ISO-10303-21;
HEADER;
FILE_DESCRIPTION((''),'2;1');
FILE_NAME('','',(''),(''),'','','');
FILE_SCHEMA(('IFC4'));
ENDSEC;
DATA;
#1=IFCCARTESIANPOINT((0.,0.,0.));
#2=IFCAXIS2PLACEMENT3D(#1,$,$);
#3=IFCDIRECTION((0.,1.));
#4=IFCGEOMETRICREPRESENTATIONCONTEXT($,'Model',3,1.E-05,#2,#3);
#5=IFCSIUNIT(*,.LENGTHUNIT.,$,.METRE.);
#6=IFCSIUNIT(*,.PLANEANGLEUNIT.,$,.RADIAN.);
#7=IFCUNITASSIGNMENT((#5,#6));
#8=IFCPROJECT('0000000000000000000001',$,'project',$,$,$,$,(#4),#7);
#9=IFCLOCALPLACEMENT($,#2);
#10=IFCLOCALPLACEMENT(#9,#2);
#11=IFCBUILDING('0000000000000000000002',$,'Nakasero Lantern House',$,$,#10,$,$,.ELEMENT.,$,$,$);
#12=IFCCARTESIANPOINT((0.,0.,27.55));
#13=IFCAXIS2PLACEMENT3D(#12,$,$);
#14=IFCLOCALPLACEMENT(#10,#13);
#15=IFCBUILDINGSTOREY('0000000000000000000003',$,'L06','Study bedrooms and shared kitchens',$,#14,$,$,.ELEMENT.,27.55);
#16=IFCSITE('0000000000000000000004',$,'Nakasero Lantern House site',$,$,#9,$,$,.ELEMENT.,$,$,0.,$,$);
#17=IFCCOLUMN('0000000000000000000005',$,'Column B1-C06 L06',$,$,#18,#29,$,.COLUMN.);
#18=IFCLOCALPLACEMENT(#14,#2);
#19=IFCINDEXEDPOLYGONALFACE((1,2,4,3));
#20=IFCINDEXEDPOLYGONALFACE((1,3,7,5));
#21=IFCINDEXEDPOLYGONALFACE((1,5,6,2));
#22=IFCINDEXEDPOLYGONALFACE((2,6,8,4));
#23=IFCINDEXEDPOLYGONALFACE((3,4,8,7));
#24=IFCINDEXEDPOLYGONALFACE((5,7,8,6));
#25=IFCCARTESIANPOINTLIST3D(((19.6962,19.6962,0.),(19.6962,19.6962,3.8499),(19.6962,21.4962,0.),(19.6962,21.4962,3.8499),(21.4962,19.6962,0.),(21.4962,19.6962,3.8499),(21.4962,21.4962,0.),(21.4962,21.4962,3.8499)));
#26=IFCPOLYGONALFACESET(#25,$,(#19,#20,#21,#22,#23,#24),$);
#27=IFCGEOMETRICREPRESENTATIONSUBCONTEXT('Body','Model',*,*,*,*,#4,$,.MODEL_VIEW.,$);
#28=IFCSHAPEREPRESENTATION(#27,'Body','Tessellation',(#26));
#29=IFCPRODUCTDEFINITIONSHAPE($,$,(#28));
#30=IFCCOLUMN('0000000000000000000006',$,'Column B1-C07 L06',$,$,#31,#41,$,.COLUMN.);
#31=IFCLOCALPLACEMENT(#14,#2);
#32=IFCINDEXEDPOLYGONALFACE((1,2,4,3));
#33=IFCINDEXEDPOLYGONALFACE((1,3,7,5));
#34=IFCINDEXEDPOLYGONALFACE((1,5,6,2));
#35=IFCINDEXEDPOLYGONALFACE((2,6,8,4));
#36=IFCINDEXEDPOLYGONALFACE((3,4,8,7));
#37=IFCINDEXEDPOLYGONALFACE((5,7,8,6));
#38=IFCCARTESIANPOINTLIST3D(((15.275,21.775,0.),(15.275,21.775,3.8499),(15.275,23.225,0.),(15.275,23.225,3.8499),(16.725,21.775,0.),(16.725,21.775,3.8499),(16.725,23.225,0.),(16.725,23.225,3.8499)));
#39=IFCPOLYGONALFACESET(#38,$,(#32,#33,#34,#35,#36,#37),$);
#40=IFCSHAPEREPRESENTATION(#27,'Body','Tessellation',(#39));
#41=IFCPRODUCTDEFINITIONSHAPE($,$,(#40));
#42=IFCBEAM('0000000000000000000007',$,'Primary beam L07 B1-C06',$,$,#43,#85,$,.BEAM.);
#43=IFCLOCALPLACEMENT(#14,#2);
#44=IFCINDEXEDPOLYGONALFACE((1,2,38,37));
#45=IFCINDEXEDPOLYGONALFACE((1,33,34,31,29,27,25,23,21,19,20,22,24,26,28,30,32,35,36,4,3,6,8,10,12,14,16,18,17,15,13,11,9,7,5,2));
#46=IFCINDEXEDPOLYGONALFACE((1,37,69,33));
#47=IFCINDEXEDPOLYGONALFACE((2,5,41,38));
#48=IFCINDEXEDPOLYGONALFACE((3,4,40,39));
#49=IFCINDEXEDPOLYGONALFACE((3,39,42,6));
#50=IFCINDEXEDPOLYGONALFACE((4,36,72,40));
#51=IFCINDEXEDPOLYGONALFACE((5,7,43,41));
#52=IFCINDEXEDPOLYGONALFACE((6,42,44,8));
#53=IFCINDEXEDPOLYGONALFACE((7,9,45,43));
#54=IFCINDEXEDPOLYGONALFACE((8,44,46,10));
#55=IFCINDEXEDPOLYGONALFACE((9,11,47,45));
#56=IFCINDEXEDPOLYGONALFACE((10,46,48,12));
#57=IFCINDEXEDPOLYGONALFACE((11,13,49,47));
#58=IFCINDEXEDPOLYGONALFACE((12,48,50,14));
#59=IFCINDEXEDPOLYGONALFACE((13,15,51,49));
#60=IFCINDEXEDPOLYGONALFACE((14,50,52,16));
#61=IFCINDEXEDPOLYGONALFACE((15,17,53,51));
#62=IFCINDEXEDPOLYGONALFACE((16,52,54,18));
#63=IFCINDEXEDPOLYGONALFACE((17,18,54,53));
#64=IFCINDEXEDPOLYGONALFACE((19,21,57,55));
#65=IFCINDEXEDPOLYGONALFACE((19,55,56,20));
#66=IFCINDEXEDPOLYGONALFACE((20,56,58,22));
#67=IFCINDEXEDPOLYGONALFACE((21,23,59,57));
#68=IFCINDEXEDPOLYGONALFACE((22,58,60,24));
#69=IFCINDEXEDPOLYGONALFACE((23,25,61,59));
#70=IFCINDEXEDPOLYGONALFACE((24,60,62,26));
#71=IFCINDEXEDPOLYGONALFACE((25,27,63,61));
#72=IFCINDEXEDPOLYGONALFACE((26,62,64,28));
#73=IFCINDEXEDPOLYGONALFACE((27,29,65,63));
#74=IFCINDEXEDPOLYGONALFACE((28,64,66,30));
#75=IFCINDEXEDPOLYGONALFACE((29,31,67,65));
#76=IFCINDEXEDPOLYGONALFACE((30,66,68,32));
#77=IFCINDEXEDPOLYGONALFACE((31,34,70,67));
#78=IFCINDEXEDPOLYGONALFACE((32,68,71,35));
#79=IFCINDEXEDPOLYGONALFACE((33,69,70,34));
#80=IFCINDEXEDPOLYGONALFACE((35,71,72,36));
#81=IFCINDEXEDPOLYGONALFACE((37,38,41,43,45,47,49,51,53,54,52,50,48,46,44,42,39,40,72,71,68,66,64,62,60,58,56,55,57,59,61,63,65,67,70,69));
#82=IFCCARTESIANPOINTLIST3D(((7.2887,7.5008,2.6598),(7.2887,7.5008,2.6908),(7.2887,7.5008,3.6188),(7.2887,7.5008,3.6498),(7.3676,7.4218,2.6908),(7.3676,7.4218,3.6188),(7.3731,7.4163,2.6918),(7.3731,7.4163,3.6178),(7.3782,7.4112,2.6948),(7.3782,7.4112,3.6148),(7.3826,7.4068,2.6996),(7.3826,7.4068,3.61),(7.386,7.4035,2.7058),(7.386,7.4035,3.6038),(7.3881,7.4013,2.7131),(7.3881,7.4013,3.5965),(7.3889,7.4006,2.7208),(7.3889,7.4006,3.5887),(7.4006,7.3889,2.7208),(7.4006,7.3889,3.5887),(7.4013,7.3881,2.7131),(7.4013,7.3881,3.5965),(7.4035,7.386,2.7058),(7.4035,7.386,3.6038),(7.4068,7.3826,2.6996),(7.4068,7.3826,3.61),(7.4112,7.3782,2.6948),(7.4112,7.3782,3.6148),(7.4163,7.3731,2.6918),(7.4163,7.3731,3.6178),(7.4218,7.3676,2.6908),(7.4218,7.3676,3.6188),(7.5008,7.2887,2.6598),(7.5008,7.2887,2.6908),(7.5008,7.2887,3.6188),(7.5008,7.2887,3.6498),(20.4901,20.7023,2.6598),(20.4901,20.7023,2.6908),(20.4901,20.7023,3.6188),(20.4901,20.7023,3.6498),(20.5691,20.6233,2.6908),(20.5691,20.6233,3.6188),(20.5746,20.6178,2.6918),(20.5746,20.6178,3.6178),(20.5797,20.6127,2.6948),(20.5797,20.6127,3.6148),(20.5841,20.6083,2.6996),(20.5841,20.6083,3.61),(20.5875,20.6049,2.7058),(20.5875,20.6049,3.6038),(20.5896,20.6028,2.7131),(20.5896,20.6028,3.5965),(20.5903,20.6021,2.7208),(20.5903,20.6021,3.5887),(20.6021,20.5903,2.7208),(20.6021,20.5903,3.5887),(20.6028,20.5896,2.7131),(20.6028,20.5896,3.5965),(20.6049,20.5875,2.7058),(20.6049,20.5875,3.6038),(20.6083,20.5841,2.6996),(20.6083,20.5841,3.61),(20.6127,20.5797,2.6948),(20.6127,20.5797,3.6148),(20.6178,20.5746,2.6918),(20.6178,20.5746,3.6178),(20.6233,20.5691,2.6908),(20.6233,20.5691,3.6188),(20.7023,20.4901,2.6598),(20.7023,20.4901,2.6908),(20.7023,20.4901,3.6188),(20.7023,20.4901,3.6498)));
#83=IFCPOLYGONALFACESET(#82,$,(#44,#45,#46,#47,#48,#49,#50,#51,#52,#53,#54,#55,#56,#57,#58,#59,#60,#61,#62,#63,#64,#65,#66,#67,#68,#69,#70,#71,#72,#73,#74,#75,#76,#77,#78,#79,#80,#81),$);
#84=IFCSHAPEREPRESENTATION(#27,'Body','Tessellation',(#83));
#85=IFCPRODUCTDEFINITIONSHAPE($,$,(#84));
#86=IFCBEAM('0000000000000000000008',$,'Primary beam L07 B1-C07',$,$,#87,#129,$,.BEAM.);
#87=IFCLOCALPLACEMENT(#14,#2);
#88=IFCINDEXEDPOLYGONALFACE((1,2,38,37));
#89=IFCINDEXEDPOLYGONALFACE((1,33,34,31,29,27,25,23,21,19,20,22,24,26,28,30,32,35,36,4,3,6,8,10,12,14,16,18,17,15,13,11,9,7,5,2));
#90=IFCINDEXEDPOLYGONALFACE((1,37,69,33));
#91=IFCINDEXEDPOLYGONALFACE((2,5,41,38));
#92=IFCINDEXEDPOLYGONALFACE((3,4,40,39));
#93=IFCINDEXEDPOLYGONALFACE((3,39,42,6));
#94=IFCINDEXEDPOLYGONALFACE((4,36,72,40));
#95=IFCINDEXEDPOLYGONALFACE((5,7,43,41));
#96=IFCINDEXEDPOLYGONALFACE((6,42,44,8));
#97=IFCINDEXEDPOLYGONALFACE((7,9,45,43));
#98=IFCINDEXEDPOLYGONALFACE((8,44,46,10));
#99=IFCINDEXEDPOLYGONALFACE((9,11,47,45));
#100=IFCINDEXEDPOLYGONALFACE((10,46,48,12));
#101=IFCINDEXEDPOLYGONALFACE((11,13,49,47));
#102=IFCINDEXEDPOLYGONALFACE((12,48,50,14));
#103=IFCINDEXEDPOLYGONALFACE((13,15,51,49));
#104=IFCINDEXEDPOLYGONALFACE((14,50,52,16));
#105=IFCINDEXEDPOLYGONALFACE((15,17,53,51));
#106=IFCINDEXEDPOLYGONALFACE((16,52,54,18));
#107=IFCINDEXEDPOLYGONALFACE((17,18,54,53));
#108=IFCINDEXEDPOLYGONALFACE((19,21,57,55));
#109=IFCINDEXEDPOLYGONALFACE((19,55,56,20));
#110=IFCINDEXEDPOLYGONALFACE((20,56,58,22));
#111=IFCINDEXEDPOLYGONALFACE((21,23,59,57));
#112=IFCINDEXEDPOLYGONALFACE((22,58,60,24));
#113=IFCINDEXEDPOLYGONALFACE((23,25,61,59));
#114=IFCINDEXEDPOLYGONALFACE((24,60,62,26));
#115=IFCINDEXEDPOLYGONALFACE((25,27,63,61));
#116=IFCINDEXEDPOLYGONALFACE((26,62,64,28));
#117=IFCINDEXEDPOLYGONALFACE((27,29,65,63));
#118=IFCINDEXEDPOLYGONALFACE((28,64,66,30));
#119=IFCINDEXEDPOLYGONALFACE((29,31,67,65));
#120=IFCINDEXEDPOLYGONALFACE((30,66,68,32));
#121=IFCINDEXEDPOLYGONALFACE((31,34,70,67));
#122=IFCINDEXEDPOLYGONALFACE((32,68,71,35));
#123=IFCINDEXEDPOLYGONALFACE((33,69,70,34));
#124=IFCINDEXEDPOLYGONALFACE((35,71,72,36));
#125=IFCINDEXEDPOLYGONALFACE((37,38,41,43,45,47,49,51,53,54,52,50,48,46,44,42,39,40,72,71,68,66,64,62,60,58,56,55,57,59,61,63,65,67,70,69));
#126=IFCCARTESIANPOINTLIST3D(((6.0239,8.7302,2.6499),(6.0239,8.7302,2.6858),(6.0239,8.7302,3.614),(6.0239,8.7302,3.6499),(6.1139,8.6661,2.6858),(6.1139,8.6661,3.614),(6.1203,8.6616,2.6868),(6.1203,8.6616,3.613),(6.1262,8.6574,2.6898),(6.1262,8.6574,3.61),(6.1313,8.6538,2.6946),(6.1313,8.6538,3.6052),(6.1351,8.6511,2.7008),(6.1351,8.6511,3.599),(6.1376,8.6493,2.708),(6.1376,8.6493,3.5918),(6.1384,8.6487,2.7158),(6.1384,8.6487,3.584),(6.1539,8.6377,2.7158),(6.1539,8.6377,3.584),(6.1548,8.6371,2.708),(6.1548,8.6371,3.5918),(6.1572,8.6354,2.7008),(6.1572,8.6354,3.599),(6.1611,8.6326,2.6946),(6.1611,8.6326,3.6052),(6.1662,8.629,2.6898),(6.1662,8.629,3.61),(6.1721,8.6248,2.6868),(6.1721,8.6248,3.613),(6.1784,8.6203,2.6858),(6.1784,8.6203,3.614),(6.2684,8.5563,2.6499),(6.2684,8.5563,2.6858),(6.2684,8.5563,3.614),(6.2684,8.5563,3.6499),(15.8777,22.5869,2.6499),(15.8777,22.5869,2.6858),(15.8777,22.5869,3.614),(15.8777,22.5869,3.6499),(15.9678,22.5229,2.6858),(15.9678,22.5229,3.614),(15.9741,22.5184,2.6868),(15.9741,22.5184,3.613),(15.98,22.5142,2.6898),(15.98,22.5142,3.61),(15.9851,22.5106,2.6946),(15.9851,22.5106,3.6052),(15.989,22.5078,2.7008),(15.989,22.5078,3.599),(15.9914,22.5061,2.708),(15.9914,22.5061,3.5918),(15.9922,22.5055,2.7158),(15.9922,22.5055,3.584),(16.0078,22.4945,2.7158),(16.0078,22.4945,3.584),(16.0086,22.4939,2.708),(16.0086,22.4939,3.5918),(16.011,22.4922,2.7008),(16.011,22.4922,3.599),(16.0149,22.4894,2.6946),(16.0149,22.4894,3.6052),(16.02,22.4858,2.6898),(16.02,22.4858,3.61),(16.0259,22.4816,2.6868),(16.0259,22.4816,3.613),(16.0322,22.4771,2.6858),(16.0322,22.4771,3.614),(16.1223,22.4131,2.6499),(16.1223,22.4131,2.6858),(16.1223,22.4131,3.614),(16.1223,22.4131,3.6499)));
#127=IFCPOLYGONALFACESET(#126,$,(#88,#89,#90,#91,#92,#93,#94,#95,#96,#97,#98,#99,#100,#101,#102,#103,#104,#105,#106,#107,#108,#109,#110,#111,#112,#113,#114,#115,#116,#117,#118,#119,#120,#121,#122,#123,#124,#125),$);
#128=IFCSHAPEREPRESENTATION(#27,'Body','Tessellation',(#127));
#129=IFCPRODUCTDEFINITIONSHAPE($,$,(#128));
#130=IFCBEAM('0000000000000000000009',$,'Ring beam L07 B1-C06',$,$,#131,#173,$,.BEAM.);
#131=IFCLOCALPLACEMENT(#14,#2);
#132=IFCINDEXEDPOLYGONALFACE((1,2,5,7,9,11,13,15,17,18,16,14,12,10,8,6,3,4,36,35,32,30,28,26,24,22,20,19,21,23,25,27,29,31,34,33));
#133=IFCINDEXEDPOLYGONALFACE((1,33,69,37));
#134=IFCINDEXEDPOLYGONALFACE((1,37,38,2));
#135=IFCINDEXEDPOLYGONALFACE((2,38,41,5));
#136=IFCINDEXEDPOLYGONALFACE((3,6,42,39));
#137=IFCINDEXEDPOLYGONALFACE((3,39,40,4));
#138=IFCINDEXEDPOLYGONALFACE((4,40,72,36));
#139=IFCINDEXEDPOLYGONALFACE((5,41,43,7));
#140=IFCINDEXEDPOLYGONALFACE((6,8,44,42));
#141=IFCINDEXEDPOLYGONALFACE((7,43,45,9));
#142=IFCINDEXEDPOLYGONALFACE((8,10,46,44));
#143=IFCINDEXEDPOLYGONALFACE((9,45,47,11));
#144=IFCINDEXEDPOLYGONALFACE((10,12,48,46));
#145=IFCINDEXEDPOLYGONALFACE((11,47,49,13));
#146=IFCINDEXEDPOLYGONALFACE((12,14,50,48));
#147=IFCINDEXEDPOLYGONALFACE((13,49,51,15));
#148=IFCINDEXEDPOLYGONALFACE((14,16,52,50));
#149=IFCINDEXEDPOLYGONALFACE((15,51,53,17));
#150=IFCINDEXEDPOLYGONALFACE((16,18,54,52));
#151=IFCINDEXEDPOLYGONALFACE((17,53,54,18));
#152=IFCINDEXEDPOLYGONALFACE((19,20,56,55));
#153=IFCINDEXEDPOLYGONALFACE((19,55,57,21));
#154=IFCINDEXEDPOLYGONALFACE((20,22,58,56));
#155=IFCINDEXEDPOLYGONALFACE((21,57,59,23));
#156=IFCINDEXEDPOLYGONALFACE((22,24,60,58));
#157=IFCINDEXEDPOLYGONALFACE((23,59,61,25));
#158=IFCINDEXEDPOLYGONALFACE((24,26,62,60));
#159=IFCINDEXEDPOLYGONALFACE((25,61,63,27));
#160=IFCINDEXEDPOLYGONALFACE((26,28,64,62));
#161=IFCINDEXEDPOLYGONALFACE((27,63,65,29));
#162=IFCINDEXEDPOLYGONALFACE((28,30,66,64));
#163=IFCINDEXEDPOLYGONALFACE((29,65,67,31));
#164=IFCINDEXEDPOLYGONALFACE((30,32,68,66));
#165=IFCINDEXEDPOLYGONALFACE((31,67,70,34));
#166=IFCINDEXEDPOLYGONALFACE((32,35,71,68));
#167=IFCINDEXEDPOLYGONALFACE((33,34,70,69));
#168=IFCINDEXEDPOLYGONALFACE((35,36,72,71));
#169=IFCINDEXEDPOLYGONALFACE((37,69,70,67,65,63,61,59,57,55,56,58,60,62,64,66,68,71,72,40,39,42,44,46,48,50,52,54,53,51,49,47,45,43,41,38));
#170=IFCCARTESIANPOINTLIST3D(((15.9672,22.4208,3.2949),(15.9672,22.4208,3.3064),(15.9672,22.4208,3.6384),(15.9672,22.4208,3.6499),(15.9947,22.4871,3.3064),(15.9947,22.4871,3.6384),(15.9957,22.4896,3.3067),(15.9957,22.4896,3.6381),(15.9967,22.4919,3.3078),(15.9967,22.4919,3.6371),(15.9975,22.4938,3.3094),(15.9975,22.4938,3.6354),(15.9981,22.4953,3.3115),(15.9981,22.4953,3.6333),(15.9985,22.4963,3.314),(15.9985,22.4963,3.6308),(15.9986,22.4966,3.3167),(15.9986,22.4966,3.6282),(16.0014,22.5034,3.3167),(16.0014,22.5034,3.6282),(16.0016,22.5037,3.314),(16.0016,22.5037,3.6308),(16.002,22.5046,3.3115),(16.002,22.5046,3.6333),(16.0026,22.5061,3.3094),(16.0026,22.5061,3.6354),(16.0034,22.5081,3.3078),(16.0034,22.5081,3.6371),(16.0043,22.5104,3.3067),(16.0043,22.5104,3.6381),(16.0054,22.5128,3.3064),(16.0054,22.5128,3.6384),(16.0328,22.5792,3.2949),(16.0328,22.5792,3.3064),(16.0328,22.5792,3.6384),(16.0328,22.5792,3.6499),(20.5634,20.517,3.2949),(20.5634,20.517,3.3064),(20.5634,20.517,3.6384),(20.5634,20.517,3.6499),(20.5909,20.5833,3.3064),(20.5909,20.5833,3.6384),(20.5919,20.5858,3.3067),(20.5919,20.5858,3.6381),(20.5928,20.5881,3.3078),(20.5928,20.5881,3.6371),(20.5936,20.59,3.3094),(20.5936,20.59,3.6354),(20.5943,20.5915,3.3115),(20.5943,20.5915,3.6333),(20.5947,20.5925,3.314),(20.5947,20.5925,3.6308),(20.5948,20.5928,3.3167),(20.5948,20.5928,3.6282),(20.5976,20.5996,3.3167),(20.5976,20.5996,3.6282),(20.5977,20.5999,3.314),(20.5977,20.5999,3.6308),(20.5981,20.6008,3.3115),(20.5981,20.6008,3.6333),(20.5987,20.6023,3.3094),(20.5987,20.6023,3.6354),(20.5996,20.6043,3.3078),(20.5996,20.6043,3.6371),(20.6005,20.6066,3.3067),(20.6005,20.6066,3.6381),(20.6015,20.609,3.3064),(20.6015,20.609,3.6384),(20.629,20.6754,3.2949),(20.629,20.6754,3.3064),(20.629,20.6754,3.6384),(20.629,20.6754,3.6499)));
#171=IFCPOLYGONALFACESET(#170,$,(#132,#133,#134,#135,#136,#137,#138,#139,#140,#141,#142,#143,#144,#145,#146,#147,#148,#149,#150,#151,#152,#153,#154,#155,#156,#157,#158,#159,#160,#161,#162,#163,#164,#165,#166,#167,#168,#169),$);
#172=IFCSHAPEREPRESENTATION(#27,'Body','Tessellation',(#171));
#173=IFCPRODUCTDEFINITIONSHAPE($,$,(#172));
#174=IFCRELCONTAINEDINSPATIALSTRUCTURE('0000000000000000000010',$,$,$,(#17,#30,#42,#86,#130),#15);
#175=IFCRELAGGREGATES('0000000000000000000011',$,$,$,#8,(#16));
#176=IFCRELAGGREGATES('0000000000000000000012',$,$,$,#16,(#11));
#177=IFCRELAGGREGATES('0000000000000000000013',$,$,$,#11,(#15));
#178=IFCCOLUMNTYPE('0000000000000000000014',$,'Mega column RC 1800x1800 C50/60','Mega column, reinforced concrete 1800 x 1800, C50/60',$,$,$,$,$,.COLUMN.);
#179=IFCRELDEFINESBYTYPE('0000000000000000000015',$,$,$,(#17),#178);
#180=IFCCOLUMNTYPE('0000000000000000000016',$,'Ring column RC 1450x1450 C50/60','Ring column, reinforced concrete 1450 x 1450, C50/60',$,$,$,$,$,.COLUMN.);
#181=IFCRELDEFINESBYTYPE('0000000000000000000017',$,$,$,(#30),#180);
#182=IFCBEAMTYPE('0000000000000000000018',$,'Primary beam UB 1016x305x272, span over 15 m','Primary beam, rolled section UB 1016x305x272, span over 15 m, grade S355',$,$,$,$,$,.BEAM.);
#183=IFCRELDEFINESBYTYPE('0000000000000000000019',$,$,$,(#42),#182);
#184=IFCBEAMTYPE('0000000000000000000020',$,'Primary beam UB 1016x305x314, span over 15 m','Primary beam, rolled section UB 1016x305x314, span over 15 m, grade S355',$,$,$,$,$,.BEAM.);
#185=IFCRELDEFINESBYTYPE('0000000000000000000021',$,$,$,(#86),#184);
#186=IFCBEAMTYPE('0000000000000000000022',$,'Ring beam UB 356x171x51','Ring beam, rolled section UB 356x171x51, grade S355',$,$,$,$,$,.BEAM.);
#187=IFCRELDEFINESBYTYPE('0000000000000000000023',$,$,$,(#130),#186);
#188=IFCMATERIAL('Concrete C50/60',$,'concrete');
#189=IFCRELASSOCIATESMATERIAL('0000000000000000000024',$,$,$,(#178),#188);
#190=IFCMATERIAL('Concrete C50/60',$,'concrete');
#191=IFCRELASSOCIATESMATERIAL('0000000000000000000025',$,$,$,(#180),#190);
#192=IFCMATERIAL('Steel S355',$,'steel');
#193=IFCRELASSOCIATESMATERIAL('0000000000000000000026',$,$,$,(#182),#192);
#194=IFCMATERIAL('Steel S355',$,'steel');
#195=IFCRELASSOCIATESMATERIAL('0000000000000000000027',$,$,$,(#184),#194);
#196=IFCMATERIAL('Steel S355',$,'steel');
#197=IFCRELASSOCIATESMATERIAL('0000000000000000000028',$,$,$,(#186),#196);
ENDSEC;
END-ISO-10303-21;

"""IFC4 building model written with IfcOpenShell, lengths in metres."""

from ifc_helpers import new_model, si_unit, direction, frame, origin, origin_2d, place, context, subcontext, project, spatial, rectangle, i_section, extrude, material, material_profile, profile_set, type_object, element, save


model = new_model("IFC4")

# Units and contexts
model_context = context("Model", 3, precision=1e-05, world=origin(), true_north=direction((0.0, 1.0)))
body_context = subcontext(model_context, "Body", "Model", "MODEL_VIEW")
ifc_project = project(units=[si_unit("LENGTHUNIT", "METRE"), si_unit("PLANEANGLEUNIT", "RADIAN")], contexts=[model_context])

# Site, building, storey
site_placement = place(None, origin())
site = spatial("IfcSite", under=ifc_project, at=site_placement, Name="Nakasero Lantern House site", CompositionType="ELEMENT", RefElevation=0.0)
building_placement = place(site_placement, origin())
building = spatial("IfcBuilding", under=site, at=building_placement, Name="Nakasero Lantern House", CompositionType="ELEMENT")
storey_placement = place(building_placement, frame((0.0, 0.0, 27.55)))
storey = spatial("IfcBuildingStorey", under=building, at=storey_placement, Name="L06", Description="Study bedrooms and shared kitchens", CompositionType="ELEMENT", Elevation=27.55)

# Columns
ifc_material_1 = material(Name="Concrete C50/60", Category="concrete")
ifc_material_profile_1 = material_profile(ifc_material_1, rectangle(XDim=1.8, YDim=1.8, at=origin_2d()), Name="RC 1800x1800")
ifc_profile_set_1 = profile_set([ifc_material_profile_1], Name="Concrete C50/60")
column_type_1 = type_object("IfcColumnType", Name="Mega column RC 1800x1800 C50/60", Description="Mega column, reinforced concrete 1800 x 1800, C50/60", PredefinedType="COLUMN", material=ifc_profile_set_1)
column_1_placement = place(storey_placement, frame((20.5962, 20.5962, 0.0), z_axis=(0.0, 0.0, 1.0), x_axis=(1.0, 0.0, 0.0)))
element("IfcColumn", 1, at=column_1_placement, inside=storey, type_object=column_type_1, Name="Column B1-C06 L06", PredefinedType="COLUMN", context=body_context, shape_type="SweptSolid", body=[
    extrude(rectangle(XDim=1.8, YDim=1.8, at=origin_2d()), origin(), (0.0, 0.0, 1.0), 3.8499),
])
ifc_material_2 = material(Name="Concrete C50/60", Category="concrete")
ifc_material_profile_2 = material_profile(ifc_material_2, rectangle(XDim=1.45, YDim=1.45, at=origin_2d()), Name="RC 1450x1450")
ifc_profile_set_2 = profile_set([ifc_material_profile_2], Name="Concrete C50/60")
column_type_2 = type_object("IfcColumnType", Name="Ring column RC 1450x1450 C50/60", Description="Ring column, reinforced concrete 1450 x 1450, C50/60", PredefinedType="COLUMN", material=ifc_profile_set_2)
column_2_placement = place(storey_placement, frame((16.0, 22.5, 0.0), z_axis=(0.0, 0.0, 1.0), x_axis=(1.0, 0.0, 0.0)))
element("IfcColumn", 2, at=column_2_placement, inside=storey, type_object=column_type_2, Name="Column B1-C07 L06", PredefinedType="COLUMN", context=body_context, shape_type="SweptSolid", body=[
    extrude(rectangle(XDim=1.45, YDim=1.45, at=origin_2d()), origin(), (0.0, 0.0, 1.0), 3.8499),
])

# Beams
ifc_material_3 = material(Name="Steel S355", Category="steel")
ifc_material_profile_3 = material_profile(ifc_material_3, i_section(OverallWidth=0.3, OverallDepth=0.99, WebThickness=0.0166, FlangeThickness=0.031, FilletRadius=0.03, at=origin_2d()), Name="UB 1016x305x272")
ifc_profile_set_3 = profile_set([ifc_material_profile_3], Name="Steel S355")
beam_type_1 = type_object("IfcBeamType", Name="Primary beam UB 1016x305x272, span over 15 m", Description="Primary beam, rolled section UB 1016x305x272, span over 15 m, grade S355", PredefinedType="BEAM", material=ifc_profile_set_3)
beam_1_placement = place(storey_placement, frame((20.5962, 20.5962, 3.1548), z_axis=(-0.707107, -0.707107, 0.0), x_axis=(0.707107, -0.707107, 0.0)))
element("IfcBeam", 3, at=beam_1_placement, inside=storey, type_object=beam_type_1, Name="Primary beam L07 B1-C06", PredefinedType="BEAM", context=body_context, shape_type="SweptSolid", body=[
    extrude(i_section(OverallWidth=0.3, OverallDepth=0.99, WebThickness=0.0166, FlangeThickness=0.031, FilletRadius=0.03, at=origin_2d()), origin(), (0.0, 0.0, 1.0), 18.6697),
])
ifc_material_4 = material(Name="Steel S355", Category="steel")
ifc_material_profile_4 = material_profile(ifc_material_4, i_section(OverallWidth=0.3, OverallDepth=1.0, WebThickness=0.019, FlangeThickness=0.0359, FilletRadius=0.03, at=origin_2d()), Name="UB 1016x305x314")
ifc_profile_set_4 = profile_set([ifc_material_profile_4], Name="Steel S355")
beam_type_2 = type_object("IfcBeamType", Name="Primary beam UB 1016x305x314, span over 15 m", Description="Primary beam, rolled section UB 1016x305x314, span over 15 m, grade S355", PredefinedType="BEAM", material=ifc_profile_set_4)
beam_2_placement = place(storey_placement, frame((16.0, 22.5, 3.1499), z_axis=(-0.579528, -0.814952, 0.0), x_axis=(0.814952, -0.579528, 0.0)))
element("IfcBeam", 4, at=beam_2_placement, inside=storey, type_object=beam_type_2, Name="Primary beam L07 B1-C07", PredefinedType="BEAM", context=body_context, shape_type="SweptSolid", body=[
    extrude(i_section(OverallWidth=0.3, OverallDepth=1.0, WebThickness=0.019, FlangeThickness=0.0359, FilletRadius=0.03, at=origin_2d()), origin(), (0.0, 0.0, 1.0), 17.0032),
])
ifc_material_5 = material(Name="Steel S355", Category="steel")
ifc_material_profile_5 = material_profile(ifc_material_5, i_section(OverallWidth=0.1714, OverallDepth=0.355, WebThickness=0.0073, FlangeThickness=0.0115, FilletRadius=0.0103, at=origin_2d()), Name="UB 356x171x51")
ifc_profile_set_5 = profile_set([ifc_material_profile_5], Name="Steel S355")
beam_type_3 = type_object("IfcBeamType", Name="Ring beam UB 356x171x51", Description="Ring beam, rolled section UB 356x171x51, grade S355", PredefinedType="BEAM", material=ifc_profile_set_5)
beam_3_placement = place(storey_placement, frame((20.5962, 20.5962, 3.4724), z_axis=(-0.923879, 0.382684, 0.0), x_axis=(-0.382684, -0.923879, 0.0)))
element("IfcBeam", 5, at=beam_3_placement, inside=storey, type_object=beam_type_3, Name="Ring beam L07 B1-C06", PredefinedType="BEAM", context=body_context, shape_type="SweptSolid", body=[
    extrude(i_section(OverallWidth=0.1714, OverallDepth=0.355, WebThickness=0.0073, FlangeThickness=0.0115, FilletRadius=0.0103, at=origin_2d()), origin(), (0.0, 0.0, 1.0), 4.9749),
])

save(model, "model.ifc")
